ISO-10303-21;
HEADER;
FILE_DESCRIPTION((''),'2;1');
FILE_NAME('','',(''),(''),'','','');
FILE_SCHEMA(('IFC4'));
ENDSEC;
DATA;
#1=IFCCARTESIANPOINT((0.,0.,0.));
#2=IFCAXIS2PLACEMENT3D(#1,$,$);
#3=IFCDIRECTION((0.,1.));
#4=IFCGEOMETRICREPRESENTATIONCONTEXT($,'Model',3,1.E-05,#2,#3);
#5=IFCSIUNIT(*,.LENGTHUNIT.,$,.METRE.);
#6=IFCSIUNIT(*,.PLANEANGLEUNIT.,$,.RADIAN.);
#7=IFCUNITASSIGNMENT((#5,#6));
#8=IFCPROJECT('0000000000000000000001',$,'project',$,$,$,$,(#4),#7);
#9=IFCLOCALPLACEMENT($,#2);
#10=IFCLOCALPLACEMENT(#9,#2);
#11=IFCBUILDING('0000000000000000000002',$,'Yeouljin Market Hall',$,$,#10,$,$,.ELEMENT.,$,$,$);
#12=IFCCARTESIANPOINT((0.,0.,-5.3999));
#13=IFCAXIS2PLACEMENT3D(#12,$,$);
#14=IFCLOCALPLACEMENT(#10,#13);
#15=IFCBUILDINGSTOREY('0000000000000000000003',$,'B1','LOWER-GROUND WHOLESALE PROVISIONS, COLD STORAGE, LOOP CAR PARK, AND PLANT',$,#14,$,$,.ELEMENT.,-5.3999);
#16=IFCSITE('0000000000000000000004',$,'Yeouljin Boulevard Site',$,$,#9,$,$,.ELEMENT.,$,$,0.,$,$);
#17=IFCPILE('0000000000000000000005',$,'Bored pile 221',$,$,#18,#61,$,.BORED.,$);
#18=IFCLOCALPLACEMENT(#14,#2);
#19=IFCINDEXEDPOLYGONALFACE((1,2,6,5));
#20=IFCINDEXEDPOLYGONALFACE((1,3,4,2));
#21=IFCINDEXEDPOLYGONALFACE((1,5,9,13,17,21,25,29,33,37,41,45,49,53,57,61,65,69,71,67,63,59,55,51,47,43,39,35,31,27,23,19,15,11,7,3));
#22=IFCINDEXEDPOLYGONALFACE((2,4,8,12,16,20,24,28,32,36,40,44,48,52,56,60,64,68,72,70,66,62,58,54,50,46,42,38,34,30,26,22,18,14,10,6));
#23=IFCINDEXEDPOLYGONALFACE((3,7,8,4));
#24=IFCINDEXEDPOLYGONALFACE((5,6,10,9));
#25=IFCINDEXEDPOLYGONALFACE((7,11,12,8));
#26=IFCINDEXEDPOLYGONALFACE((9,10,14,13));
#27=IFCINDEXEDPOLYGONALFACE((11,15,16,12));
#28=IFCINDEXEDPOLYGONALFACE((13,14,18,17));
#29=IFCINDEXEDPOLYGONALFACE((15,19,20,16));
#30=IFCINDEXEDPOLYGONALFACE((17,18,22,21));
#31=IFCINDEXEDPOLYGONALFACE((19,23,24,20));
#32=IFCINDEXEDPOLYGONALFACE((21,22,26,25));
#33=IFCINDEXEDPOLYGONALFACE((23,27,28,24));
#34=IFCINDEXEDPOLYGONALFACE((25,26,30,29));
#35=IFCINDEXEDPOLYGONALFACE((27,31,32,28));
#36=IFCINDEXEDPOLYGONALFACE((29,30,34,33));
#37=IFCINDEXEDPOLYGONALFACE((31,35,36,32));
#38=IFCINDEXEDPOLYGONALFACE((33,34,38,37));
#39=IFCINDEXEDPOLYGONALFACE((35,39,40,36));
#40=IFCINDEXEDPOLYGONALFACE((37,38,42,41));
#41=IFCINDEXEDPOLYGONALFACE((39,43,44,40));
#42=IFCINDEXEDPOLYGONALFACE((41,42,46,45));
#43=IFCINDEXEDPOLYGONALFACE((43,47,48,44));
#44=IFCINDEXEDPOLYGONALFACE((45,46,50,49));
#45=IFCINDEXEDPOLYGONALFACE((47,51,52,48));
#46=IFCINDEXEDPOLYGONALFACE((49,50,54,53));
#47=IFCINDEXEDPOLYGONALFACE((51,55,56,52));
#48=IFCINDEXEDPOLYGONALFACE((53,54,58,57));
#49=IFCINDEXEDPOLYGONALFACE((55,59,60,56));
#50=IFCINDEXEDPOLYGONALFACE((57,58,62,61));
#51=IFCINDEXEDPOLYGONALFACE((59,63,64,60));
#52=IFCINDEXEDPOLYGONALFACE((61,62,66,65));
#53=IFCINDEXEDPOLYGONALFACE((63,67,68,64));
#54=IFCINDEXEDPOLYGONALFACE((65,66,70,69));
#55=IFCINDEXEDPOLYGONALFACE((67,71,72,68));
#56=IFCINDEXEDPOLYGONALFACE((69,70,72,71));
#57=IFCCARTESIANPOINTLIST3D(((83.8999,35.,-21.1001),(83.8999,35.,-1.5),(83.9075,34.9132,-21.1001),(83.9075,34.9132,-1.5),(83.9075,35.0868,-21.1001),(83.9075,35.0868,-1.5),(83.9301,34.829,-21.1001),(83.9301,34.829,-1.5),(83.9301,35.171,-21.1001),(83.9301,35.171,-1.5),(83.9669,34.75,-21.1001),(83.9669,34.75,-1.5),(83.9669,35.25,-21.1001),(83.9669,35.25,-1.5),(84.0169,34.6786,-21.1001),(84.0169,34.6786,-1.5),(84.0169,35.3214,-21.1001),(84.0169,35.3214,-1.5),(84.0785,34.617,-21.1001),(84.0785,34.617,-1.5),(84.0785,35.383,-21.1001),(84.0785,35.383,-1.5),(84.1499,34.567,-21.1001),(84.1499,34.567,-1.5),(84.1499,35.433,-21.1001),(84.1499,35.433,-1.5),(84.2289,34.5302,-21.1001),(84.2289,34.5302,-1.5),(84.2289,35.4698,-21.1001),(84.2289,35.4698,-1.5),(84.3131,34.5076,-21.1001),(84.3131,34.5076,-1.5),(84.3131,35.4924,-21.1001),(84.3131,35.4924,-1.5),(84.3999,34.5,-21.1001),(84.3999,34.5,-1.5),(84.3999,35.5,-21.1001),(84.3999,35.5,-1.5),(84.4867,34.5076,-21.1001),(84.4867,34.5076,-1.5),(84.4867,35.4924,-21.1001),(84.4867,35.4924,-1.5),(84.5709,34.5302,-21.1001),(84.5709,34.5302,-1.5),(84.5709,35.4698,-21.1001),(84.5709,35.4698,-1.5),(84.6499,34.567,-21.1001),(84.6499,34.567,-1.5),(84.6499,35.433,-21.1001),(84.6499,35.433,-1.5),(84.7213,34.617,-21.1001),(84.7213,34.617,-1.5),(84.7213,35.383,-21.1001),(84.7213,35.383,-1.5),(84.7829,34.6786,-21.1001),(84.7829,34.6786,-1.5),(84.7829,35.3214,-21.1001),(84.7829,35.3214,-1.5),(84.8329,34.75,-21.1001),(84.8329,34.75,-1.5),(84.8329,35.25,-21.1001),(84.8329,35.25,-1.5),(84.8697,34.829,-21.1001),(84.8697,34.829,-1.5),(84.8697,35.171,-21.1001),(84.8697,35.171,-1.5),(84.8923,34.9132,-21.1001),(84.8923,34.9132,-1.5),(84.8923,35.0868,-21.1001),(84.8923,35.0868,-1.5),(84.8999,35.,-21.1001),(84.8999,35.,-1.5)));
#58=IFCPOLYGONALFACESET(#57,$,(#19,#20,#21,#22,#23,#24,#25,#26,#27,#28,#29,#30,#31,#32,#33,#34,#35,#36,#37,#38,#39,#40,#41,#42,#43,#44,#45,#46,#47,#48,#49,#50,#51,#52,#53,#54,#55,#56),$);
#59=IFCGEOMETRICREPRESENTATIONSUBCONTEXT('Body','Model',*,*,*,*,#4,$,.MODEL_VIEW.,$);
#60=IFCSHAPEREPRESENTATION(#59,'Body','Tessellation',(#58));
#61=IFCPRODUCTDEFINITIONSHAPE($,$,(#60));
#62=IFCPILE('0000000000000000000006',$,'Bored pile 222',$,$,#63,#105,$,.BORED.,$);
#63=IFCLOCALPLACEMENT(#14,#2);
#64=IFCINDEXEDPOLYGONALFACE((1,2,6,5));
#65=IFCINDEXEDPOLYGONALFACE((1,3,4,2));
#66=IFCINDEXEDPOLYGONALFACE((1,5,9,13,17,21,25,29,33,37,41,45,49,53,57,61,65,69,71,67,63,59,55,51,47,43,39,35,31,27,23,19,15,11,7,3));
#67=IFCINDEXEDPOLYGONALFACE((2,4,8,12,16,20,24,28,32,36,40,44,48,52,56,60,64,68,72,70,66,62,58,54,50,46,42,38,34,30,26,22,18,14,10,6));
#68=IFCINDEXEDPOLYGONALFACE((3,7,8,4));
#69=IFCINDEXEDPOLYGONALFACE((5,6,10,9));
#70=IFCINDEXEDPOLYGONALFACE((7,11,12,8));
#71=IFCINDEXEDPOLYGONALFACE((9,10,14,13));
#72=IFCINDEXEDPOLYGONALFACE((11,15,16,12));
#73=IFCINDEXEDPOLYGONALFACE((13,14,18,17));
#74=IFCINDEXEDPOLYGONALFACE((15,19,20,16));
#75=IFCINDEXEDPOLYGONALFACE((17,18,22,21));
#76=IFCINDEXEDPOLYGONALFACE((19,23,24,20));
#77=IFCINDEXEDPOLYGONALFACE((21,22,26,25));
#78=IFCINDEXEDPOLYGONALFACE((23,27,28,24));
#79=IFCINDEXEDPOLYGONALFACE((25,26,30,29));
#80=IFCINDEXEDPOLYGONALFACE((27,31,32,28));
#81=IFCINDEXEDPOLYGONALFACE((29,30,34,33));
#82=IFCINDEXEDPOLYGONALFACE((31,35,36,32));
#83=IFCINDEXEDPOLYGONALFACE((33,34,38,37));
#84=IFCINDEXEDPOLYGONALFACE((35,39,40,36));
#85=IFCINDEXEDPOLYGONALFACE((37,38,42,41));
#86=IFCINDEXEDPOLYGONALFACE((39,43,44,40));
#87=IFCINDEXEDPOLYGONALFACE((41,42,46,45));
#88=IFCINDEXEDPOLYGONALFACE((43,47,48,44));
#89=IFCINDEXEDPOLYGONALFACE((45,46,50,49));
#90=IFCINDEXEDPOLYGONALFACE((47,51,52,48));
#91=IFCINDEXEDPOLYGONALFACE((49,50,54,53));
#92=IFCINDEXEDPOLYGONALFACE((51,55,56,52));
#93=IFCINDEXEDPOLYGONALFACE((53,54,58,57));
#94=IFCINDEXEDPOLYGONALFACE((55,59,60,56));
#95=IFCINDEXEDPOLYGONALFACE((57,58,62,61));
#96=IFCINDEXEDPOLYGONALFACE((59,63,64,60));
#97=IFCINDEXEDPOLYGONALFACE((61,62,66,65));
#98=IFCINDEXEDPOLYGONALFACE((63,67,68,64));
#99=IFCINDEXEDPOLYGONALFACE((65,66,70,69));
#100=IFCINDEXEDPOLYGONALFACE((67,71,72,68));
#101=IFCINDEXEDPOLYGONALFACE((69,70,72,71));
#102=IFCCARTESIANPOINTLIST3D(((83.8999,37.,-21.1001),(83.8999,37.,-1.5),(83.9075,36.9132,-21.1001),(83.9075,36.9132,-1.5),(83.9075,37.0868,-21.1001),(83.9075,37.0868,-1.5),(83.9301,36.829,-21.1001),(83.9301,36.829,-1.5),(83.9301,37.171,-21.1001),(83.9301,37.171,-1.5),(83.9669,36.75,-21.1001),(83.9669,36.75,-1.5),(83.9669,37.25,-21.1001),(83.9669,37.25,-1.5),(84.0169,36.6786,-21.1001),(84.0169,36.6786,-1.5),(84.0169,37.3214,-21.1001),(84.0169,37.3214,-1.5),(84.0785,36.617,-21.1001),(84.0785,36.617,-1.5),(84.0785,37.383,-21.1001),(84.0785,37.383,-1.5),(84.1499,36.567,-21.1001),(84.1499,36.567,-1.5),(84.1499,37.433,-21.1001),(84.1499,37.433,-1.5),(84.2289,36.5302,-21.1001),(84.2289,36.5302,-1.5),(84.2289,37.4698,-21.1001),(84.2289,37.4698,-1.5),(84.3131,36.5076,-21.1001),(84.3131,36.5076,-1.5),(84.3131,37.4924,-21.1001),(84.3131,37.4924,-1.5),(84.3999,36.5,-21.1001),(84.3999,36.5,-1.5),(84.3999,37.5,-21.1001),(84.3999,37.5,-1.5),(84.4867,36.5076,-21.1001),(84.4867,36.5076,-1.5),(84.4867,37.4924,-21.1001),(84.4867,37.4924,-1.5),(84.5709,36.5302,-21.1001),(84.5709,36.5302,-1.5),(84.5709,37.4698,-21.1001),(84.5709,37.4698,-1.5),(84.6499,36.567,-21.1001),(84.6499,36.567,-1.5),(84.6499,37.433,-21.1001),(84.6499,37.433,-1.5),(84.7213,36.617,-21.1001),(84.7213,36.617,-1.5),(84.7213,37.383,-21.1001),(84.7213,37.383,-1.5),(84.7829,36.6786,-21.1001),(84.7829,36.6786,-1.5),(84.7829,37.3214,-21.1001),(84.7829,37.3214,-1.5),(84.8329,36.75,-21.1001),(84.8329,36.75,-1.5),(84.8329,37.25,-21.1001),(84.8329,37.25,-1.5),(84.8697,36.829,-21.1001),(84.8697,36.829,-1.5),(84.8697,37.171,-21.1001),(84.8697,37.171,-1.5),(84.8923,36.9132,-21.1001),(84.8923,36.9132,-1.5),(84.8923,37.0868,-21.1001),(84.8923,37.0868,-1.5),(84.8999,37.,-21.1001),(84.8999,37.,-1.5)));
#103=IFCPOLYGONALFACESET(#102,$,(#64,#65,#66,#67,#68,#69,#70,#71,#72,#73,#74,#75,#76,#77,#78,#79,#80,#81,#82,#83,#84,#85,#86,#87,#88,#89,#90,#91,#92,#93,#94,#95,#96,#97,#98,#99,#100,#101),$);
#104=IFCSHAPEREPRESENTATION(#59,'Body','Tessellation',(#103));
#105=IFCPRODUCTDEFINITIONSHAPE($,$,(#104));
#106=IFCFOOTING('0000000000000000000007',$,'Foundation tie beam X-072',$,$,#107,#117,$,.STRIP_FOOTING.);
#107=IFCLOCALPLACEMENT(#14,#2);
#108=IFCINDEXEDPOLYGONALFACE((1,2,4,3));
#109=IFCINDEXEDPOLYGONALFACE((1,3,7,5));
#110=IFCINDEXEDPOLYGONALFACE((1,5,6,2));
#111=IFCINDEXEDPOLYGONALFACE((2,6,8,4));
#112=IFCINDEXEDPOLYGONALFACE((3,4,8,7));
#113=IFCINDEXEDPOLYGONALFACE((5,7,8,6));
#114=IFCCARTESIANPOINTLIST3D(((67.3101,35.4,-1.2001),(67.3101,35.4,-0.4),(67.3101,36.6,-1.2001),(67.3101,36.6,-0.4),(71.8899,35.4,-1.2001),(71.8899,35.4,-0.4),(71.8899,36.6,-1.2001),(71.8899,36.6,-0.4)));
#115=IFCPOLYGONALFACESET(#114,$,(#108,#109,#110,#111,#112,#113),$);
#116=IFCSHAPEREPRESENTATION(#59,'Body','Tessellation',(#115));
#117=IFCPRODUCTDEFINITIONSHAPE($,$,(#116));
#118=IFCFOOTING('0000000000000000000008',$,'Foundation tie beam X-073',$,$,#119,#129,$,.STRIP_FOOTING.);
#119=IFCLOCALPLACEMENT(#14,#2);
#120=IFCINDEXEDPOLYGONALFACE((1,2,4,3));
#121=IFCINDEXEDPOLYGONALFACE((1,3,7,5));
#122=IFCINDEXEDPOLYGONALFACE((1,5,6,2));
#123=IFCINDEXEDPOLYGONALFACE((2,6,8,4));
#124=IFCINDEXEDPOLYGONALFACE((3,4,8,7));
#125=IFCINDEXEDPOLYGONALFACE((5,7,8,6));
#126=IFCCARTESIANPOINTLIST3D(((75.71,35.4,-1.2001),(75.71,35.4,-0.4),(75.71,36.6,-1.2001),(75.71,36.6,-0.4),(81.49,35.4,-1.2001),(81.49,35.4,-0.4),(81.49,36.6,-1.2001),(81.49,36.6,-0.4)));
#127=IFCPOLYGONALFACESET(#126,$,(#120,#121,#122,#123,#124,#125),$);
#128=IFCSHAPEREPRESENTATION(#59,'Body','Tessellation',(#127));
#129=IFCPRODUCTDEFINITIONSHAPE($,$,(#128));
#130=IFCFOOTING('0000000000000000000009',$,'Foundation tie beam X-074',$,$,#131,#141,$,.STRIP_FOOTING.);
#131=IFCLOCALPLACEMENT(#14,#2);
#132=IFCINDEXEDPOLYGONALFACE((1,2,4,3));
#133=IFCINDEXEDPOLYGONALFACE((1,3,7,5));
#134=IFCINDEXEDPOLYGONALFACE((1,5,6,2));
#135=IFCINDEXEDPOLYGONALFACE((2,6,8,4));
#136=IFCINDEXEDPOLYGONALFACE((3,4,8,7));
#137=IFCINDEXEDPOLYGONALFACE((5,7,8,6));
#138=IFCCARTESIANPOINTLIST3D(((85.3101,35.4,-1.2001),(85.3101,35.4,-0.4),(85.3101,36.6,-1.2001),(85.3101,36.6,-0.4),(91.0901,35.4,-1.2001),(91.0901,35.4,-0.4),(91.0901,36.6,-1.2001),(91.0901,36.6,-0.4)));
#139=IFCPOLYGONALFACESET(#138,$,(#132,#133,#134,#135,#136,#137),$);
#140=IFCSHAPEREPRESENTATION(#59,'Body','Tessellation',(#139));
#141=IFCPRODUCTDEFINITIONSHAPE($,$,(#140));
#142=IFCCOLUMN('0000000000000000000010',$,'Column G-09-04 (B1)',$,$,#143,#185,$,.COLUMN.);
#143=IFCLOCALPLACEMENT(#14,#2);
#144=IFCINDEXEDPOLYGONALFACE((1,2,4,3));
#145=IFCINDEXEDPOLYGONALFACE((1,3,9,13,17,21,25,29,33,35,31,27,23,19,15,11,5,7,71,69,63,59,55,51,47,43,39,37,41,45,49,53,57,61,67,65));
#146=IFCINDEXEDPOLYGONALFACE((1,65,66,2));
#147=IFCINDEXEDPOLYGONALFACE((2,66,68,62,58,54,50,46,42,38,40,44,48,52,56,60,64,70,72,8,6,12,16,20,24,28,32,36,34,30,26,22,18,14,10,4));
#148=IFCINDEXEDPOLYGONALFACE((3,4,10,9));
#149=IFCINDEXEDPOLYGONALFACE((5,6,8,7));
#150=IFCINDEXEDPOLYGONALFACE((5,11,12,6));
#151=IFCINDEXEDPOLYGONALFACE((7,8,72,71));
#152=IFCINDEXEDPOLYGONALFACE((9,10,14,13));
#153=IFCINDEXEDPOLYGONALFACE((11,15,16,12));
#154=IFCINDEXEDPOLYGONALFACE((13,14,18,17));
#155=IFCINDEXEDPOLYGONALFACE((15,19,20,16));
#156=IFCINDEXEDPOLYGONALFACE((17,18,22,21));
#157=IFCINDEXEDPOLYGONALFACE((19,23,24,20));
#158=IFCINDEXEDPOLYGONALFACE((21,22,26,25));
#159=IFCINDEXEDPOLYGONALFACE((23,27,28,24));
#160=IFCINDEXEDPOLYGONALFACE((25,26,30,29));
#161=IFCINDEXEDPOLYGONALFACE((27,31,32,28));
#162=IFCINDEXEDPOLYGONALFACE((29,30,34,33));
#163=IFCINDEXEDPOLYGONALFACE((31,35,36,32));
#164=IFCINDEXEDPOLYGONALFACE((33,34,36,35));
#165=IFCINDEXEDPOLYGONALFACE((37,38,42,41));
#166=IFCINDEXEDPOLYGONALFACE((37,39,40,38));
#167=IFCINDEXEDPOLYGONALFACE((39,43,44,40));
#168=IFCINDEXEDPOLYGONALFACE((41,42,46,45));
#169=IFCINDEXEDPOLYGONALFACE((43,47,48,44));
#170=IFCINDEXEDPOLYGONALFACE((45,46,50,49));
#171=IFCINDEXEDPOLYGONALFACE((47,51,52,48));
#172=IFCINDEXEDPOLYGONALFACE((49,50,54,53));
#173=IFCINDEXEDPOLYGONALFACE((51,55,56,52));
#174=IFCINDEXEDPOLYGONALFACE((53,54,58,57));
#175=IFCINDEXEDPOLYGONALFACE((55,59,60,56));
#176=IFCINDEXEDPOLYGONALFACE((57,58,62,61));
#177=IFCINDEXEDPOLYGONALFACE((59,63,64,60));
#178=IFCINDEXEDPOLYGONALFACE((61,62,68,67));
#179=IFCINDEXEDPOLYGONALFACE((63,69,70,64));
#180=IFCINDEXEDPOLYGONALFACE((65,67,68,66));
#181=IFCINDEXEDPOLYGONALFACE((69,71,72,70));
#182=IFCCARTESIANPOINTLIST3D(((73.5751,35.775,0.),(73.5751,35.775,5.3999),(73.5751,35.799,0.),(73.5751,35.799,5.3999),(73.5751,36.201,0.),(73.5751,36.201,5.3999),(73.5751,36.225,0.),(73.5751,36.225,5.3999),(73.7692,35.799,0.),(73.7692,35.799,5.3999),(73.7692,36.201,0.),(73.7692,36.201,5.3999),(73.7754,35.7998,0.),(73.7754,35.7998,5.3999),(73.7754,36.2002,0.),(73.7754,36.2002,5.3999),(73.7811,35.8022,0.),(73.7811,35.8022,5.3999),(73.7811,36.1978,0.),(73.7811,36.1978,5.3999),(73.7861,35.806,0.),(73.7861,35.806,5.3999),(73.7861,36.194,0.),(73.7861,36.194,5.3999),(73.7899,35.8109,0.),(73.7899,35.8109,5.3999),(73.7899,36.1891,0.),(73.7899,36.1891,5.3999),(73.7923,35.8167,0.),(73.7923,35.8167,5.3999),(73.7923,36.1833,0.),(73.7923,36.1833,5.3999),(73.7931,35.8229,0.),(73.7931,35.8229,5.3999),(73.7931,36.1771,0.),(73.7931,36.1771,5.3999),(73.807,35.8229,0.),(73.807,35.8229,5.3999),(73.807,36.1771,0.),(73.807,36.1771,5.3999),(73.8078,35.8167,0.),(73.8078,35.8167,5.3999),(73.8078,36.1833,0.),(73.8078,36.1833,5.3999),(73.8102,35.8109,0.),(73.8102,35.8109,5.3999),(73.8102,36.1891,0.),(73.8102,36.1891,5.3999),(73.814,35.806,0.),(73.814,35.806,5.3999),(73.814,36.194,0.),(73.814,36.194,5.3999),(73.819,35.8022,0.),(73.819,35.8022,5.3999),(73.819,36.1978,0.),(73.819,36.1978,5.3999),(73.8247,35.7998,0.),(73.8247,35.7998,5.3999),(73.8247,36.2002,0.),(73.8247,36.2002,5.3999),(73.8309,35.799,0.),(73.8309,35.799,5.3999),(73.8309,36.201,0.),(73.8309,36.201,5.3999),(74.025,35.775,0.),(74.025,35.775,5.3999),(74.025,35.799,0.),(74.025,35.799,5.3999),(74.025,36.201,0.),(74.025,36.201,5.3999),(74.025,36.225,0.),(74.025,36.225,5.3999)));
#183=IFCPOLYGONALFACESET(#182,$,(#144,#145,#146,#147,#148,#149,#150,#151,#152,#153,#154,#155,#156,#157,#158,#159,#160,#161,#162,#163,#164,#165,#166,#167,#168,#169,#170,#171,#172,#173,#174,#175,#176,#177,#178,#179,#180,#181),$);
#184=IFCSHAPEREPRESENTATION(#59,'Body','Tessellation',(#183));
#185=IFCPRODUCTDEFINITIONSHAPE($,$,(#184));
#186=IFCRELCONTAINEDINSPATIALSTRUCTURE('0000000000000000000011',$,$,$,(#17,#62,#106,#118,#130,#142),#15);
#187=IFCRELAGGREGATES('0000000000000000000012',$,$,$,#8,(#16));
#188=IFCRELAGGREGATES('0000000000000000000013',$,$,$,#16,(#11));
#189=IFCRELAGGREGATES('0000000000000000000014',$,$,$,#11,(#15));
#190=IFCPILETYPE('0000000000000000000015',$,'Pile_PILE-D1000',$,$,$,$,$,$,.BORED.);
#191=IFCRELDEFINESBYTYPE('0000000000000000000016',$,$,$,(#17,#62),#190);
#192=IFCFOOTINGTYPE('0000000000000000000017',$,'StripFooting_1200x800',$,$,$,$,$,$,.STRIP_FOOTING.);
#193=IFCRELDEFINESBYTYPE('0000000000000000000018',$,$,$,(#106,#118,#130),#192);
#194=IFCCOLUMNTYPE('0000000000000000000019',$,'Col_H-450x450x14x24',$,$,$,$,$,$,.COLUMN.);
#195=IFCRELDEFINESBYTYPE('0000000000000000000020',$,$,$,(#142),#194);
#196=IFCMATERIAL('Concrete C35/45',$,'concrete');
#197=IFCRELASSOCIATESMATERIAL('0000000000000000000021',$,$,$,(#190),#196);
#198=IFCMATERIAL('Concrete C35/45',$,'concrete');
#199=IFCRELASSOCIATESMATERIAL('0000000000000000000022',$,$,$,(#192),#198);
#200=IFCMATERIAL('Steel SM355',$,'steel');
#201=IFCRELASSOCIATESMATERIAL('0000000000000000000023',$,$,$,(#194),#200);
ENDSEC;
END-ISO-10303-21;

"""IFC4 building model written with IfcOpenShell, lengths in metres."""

from ifc_helpers import new_model, si_unit, direction, frame, origin, origin_2d, place, context, subcontext, project, spatial, rectangle, circle, i_section, extrude, material, material_profile, profile_set, type_object, element, save


model = new_model("IFC4")

# Units and contexts
model_context = context("Model", 3, precision=1e-05, world=origin(), true_north=direction((0.0, 1.0)))
body_context = subcontext(model_context, "Body", "Model", "MODEL_VIEW")
ifc_project = project(units=[si_unit("LENGTHUNIT", "METRE"), si_unit("PLANEANGLEUNIT", "RADIAN")], contexts=[model_context])

# Site, building, storey
site_placement = place(None, origin())
site = spatial("IfcSite", under=ifc_project, at=site_placement, Name="Yeouljin Boulevard Site", CompositionType="ELEMENT", RefElevation=0.0)
building_placement = place(site_placement, origin())
building = spatial("IfcBuilding", under=site, at=building_placement, Name="Yeouljin Market Hall", CompositionType="ELEMENT")
storey_placement = place(building_placement, frame((0.0, 0.0, -5.3999)))
storey = spatial("IfcBuildingStorey", under=building, at=storey_placement, Name="B1", Description="LOWER-GROUND WHOLESALE PROVISIONS, COLD STORAGE, LOOP CAR PARK, AND PLANT", CompositionType="ELEMENT", Elevation=-5.3999)

# Piles
ifc_material_1 = material(Name="Concrete C35/45", Category="concrete")
ifc_material_profile_1 = material_profile(ifc_material_1, circle(Radius=0.5, at=origin_2d()), Name="PILE-D1000")
ifc_profile_set_1 = profile_set([ifc_material_profile_1], Name="Concrete C35/45")
pile_type = type_object("IfcPileType", Name="Pile_PILE-D1000", PredefinedType="BORED", material=ifc_profile_set_1)
for number, where, z_axis, x_axis, name in (
    (1, (84.3999, 35.0, -1.5), (0.0, 0.0, -1.0), (1.0, 0.0, 0.0), "Bored pile 221"),
    (2, (84.3999, 37.0, -1.5), (0.0, 0.0, -1.0), (1.0, 0.0, 0.0), "Bored pile 222"),
):
    element("IfcPile", number, at=place(storey_placement, frame(where, z_axis=z_axis, x_axis=x_axis)), inside=storey, type_object=pile_type, Name=name, PredefinedType="BORED", context=body_context, shape_type="SweptSolid", body=[
        extrude(circle(Radius=0.5, at=origin_2d()), origin(), (0.0, 0.0, 1.0), 19.6001),
    ])

# Footings
ifc_material_2 = material(Name="Concrete C35/45", Category="concrete")
ifc_material_profile_2 = material_profile(ifc_material_2, rectangle(XDim=1.2, YDim=0.8, at=origin_2d()), Name="SF-1200x800")
ifc_profile_set_2 = profile_set([ifc_material_profile_2], Name="Concrete C35/45")
footing_type_1 = type_object("IfcFootingType", Name="StripFooting_1200x800", PredefinedType="STRIP_FOOTING", material=ifc_profile_set_2)
footing_1_placement = place(storey_placement, frame((67.3101, 36.0, -0.8), z_axis=(1.0, 0.0, 0.0), x_axis=(0.0, 1.0, 0.0)))
element("IfcFooting", 3, at=footing_1_placement, inside=storey, type_object=footing_type_1, Name="Foundation tie beam X-072", PredefinedType="STRIP_FOOTING", context=body_context, shape_type="SweptSolid", body=[
    extrude(rectangle(XDim=1.2, YDim=0.8, at=origin_2d()), origin(), (0.0, 0.0, 1.0), 4.5798),
])
for number, where, z_axis, x_axis, name in (
    (4, (75.71, 36.0, -0.8), (1.0, 0.0, 0.0), (0.0, 1.0, 0.0), "Foundation tie beam X-073"),
    (5, (85.3101, 36.0, -0.8), (1.0, 0.0, 0.0), (0.0, 1.0, 0.0), "Foundation tie beam X-074"),
):
    element("IfcFooting", number, at=place(storey_placement, frame(where, z_axis=z_axis, x_axis=x_axis)), inside=storey, type_object=footing_type_1, Name=name, PredefinedType="STRIP_FOOTING", context=body_context, shape_type="SweptSolid", body=[
        extrude(rectangle(XDim=1.2, YDim=0.8, at=origin_2d()), origin(), (0.0, 0.0, 1.0), 5.78),
    ])

# Column
ifc_material_3 = material(Name="Steel SM355", Category="steel")
ifc_material_profile_3 = material_profile(ifc_material_3, i_section(OverallWidth=0.45, OverallDepth=0.45, WebThickness=0.0139, FlangeThickness=0.0239, FilletRadius=0.0239, at=origin_2d()), Name="H-450x450x14x24")
ifc_profile_set_3 = profile_set([ifc_material_profile_3], Name="Steel SM355")
column_type_1 = type_object("IfcColumnType", Name="Col_H-450x450x14x24", PredefinedType="COLUMN", material=ifc_profile_set_3)
for number, where, z_axis, x_axis, name in (
    (6, (73.8, 36.0, 0.0), (0.0, 0.0, 1.0), (1.0, 0.0, 0.0), "Column G-09-04 (B1)"),
):
    element("IfcColumn", number, at=place(storey_placement, frame(where, z_axis=z_axis, x_axis=x_axis)), inside=storey, type_object=column_type_1, Name=name, PredefinedType="COLUMN", context=body_context, shape_type="SweptSolid", body=[
        extrude(i_section(OverallWidth=0.45, OverallDepth=0.45, WebThickness=0.0139, FlangeThickness=0.0239, FilletRadius=0.0239, at=origin_2d()), origin(), (0.0, 0.0, 1.0), 5.3999),
    ])

save(model, "model.ifc")
